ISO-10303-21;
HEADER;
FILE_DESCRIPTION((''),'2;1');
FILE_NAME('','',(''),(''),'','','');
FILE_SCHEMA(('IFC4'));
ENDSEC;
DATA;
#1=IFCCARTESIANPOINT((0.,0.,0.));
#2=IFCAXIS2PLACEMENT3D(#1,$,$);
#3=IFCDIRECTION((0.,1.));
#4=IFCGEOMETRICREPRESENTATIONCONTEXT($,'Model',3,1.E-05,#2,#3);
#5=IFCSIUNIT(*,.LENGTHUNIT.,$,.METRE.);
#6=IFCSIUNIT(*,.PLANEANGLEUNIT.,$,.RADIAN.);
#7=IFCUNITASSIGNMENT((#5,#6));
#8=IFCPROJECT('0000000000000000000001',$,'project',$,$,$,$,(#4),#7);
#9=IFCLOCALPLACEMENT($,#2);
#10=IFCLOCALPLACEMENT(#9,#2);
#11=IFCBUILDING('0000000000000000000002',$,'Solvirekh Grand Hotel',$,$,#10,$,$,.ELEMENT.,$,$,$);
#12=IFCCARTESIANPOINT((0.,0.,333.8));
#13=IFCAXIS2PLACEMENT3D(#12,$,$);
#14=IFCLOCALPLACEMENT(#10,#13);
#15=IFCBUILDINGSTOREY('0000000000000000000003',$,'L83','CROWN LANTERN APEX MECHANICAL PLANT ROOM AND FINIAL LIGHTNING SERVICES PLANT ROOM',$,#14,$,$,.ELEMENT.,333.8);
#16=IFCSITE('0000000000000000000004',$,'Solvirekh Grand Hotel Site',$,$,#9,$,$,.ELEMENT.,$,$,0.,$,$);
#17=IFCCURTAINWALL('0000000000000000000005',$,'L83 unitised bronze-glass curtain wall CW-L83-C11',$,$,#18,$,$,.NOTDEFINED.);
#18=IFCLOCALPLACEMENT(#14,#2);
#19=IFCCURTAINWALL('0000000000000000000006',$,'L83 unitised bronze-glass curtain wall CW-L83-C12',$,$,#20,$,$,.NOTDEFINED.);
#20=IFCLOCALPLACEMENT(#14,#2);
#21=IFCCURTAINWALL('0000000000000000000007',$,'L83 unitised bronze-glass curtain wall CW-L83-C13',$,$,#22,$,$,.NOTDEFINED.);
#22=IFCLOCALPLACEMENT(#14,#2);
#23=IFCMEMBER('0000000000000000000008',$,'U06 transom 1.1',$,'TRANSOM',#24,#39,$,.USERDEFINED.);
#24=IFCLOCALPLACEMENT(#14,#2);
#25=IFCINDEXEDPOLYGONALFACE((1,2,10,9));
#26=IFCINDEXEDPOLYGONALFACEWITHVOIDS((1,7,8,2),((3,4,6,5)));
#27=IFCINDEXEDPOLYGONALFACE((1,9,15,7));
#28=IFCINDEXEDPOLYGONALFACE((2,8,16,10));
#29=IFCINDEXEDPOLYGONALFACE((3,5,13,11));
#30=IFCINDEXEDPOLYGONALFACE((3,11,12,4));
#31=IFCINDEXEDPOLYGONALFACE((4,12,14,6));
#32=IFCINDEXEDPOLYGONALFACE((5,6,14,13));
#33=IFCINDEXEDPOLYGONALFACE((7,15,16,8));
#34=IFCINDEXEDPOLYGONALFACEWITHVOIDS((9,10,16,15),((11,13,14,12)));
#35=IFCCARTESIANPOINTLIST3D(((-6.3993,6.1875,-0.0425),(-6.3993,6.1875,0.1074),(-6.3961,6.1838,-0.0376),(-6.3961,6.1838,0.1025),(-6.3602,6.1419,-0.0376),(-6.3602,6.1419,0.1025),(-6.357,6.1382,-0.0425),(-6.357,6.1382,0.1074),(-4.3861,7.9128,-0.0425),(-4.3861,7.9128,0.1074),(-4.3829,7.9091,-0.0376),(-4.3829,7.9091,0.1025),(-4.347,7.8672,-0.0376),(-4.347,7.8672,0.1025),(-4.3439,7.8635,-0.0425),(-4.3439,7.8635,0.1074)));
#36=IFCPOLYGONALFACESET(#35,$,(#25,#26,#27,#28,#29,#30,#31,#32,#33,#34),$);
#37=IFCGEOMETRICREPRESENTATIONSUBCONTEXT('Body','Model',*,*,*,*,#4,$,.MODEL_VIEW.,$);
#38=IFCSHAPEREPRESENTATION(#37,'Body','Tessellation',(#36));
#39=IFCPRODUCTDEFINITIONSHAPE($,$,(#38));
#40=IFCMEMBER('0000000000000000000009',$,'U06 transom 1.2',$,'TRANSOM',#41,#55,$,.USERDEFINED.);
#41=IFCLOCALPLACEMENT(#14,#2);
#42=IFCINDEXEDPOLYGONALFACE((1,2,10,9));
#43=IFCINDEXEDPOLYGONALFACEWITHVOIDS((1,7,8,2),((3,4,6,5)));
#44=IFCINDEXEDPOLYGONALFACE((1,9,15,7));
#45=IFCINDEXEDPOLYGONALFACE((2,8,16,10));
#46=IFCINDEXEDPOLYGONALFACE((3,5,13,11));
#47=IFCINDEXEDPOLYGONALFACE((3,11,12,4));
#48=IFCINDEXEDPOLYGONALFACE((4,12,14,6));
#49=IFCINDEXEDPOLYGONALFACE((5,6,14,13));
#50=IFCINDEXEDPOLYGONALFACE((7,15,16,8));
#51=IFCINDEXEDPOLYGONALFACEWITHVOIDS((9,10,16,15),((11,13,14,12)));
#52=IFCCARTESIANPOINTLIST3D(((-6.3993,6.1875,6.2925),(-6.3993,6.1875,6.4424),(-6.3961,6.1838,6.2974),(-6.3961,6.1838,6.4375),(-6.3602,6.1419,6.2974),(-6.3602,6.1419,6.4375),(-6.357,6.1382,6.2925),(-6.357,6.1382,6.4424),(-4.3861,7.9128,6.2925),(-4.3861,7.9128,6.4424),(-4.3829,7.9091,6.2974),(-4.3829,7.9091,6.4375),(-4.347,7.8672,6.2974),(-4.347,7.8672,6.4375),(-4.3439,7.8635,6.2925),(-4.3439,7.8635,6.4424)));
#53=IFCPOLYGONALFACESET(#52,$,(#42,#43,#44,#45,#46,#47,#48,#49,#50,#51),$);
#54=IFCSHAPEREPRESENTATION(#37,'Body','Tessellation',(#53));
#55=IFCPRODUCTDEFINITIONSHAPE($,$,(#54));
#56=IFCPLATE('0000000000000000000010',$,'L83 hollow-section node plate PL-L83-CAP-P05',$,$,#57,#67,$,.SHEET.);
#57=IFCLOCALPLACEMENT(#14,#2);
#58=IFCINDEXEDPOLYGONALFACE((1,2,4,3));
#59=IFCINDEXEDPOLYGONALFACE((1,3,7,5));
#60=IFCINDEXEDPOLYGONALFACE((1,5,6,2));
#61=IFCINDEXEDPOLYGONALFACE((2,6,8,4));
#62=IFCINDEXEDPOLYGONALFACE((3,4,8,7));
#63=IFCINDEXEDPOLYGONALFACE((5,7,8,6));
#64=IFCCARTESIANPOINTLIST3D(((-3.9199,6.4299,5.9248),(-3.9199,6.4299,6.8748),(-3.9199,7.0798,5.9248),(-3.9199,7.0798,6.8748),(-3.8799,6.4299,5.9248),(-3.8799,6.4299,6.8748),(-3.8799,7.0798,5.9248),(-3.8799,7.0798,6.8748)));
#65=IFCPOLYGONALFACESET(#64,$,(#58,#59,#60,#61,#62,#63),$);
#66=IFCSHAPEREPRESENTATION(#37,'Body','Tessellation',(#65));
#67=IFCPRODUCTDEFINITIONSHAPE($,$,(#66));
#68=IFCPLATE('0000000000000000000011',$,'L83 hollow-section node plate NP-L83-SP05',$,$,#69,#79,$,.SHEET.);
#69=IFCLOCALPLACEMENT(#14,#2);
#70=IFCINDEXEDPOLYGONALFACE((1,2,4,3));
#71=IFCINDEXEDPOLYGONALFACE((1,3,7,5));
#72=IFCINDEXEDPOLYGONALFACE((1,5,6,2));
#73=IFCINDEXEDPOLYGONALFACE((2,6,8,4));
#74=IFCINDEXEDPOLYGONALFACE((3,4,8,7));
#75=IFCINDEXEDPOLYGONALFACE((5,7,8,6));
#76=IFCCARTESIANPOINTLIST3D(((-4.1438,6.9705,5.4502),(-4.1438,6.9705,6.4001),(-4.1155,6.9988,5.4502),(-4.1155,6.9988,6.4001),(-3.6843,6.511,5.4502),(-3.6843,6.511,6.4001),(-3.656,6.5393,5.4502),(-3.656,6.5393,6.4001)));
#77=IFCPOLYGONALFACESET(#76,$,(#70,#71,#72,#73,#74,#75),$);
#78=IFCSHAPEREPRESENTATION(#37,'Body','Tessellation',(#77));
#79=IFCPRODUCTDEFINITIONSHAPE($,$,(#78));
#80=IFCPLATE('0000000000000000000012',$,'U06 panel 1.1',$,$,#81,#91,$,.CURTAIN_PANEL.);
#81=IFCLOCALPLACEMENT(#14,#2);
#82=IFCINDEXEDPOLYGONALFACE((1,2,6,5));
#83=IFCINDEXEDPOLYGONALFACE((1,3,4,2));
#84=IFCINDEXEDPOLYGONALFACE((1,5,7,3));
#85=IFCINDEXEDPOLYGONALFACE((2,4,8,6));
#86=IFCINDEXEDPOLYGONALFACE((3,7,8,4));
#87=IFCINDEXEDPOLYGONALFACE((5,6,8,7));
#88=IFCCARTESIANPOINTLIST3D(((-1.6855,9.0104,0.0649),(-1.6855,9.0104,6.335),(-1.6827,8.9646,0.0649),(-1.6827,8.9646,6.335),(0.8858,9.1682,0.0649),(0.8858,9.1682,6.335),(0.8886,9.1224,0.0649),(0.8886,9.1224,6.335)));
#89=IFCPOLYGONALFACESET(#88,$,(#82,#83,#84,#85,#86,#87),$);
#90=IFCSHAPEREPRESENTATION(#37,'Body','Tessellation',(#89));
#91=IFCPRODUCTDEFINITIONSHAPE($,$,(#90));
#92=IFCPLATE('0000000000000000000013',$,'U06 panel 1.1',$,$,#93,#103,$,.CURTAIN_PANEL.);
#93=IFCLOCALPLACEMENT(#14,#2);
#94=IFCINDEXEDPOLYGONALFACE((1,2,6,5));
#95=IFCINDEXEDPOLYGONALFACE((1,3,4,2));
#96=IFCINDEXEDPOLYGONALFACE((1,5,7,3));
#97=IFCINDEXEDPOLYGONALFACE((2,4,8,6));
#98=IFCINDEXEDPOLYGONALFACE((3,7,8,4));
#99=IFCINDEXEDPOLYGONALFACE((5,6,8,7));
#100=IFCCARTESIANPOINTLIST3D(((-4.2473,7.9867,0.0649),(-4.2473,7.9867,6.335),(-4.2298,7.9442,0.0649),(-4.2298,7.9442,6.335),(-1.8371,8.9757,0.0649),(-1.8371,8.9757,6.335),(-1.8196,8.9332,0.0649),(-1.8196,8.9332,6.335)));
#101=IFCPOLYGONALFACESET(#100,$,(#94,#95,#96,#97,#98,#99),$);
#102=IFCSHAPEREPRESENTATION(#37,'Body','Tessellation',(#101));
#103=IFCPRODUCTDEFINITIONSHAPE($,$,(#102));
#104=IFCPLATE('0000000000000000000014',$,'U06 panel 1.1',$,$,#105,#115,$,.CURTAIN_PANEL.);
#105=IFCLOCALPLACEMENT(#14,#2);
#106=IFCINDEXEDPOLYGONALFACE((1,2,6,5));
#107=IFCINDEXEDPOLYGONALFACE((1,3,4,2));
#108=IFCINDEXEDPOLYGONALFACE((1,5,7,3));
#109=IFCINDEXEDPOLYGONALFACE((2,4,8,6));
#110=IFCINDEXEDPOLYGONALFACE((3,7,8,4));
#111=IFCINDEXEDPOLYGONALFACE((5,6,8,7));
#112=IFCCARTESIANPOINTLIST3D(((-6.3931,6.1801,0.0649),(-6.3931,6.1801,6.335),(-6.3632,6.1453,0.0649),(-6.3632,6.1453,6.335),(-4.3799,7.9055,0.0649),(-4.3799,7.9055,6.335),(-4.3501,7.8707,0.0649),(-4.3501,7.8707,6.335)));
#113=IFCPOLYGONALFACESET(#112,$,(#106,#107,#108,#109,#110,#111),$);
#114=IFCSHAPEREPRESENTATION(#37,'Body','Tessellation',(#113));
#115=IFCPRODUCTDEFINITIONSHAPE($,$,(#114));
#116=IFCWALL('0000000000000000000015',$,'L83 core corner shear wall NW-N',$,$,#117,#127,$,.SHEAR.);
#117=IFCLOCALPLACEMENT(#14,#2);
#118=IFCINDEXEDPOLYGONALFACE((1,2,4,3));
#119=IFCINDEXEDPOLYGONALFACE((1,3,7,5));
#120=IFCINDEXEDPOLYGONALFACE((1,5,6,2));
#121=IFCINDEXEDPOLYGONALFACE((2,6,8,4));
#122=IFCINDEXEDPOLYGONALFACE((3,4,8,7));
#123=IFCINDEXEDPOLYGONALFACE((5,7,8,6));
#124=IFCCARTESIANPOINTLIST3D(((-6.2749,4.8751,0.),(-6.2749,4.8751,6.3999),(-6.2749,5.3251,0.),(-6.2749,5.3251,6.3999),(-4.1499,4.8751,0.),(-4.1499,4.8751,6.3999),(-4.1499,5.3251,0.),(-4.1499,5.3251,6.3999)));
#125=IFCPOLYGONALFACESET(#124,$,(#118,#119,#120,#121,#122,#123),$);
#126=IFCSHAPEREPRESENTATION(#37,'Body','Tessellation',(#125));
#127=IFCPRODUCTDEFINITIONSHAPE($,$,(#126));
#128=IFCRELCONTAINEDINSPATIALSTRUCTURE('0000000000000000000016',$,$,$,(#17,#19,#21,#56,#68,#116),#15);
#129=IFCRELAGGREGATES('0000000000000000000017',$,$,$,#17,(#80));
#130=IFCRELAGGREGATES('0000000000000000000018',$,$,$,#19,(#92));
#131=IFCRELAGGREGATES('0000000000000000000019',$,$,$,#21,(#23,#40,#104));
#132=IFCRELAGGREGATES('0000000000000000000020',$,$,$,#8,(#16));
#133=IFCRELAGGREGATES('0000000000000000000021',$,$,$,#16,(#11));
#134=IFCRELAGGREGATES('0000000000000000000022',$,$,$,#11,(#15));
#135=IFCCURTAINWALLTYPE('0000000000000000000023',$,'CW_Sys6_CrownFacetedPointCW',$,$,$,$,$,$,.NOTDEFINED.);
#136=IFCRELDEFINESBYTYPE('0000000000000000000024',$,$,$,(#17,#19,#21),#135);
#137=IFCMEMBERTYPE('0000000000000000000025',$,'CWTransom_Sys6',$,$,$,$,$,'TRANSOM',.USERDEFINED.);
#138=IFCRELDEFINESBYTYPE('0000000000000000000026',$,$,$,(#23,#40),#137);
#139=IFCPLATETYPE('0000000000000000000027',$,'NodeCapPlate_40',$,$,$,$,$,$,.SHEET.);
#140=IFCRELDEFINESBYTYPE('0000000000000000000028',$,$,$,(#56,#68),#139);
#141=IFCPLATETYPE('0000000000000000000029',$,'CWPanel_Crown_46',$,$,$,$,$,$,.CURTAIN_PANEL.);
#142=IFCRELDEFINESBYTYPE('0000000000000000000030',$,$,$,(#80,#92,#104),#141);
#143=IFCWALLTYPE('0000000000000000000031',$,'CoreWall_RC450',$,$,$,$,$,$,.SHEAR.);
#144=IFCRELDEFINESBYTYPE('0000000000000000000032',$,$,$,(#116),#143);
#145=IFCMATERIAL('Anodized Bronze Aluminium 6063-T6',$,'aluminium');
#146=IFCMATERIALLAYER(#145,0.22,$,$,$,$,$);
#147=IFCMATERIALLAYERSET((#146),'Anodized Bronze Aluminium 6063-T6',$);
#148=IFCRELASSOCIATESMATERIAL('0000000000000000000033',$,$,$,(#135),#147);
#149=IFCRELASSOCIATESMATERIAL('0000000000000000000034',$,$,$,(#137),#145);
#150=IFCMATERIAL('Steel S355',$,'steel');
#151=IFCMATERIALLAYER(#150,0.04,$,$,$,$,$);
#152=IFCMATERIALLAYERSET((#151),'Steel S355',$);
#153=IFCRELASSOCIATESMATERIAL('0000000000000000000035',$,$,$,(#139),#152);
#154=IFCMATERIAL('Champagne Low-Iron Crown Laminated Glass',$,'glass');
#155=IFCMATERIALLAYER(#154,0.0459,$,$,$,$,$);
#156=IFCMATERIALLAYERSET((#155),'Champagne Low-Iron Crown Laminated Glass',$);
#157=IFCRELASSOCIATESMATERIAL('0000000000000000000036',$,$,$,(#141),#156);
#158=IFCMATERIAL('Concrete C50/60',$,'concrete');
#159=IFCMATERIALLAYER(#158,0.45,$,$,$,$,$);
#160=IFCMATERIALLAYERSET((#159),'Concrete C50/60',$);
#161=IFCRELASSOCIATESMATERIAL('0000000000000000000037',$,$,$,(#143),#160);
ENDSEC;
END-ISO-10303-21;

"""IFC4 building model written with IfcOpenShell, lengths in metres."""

from ifc_helpers import new_model, si_unit, direction, frame, frame_2d, origin, origin_2d, place, context, subcontext, project, spatial, rectangle, hollow_rectangle, extrude, source, transform, mapped, material, layer, layer_set, material_profile, profile_set, type_object, element, aggregate, save


model = new_model("IFC4")

# Units and contexts
model_context = context("Model", 3, precision=1e-05, world=origin(), true_north=direction((0.0, 1.0)))
body_context = subcontext(model_context, "Body", "Model", "MODEL_VIEW")
ifc_project = project(units=[si_unit("LENGTHUNIT", "METRE"), si_unit("PLANEANGLEUNIT", "RADIAN")], contexts=[model_context])

# Site, building, storey
site_placement = place(None, origin())
site = spatial("IfcSite", under=ifc_project, at=site_placement, Name="Solvirekh Grand Hotel Site", CompositionType="ELEMENT", RefElevation=0.0)
building_placement = place(site_placement, origin())
building = spatial("IfcBuilding", under=site, at=building_placement, Name="Solvirekh Grand Hotel", CompositionType="ELEMENT")
storey_placement = place(building_placement, frame((0.0, 0.0, 333.8)))
storey = spatial("IfcBuildingStorey", under=building, at=storey_placement, Name="L83", Description="CROWN LANTERN APEX MECHANICAL PLANT ROOM AND FINIAL LIGHTNING SERVICES PLANT ROOM", CompositionType="ELEMENT", Elevation=333.8)

# Shared definitions
ifc_material_1 = material(Name="Steel S355", Category="steel")

# Curtain wall
ifc_material_2 = material(Name="Anodized Bronze Aluminium 6063-T6", Category="aluminium")
ifc_layer_1 = layer(ifc_material_2, 0.22)
ifc_layer_set_1 = layer_set([ifc_layer_1], Name="Anodized Bronze Aluminium 6063-T6")
curtain_wall_type = type_object("IfcCurtainWallType", Name="CW_Sys6_CrownFacetedPointCW", PredefinedType="NOTDEFINED", material=ifc_layer_set_1)
curtain_wall_1_placement = place(storey_placement, origin())
curtain_wall_1 = element("IfcCurtainWall", 1, at=curtain_wall_1_placement, inside=storey, type_object=curtain_wall_type, Name="L83 unitised bronze-glass curtain wall CW-L83-C11", PredefinedType="NOTDEFINED")

# Curtain walls
curtain_wall_2_placement = place(storey_placement, origin())
curtain_wall_2 = element("IfcCurtainWall", 2, at=curtain_wall_2_placement, inside=storey, type_object=curtain_wall_type, Name="L83 unitised bronze-glass curtain wall CW-L83-C12", PredefinedType="NOTDEFINED")
curtain_wall_3_placement = place(storey_placement, origin())
curtain_wall_3 = element("IfcCurtainWall", 3, at=curtain_wall_3_placement, inside=storey, type_object=curtain_wall_type, Name="L83 unitised bronze-glass curtain wall CW-L83-C13", PredefinedType="NOTDEFINED")

# Members
ifc_material_profile_1 = material_profile(ifc_material_2, hollow_rectangle(XDim=0.0649, YDim=0.1499, WallThickness=0.0049, at=origin_2d()), Name="ALU RHS 150X65X5")
ifc_profile_set_1 = profile_set([ifc_material_profile_1], Name="Anodized Bronze Aluminium 6063-T6")
member_type_1 = type_object("IfcMemberType", Name="CWTransom_Sys6", ElementType="TRANSOM", PredefinedType="USERDEFINED", material=ifc_profile_set_1)
shared_shape_1 = source(origin(), body_context, "Body", "SweptSolid", [
    extrude(hollow_rectangle(XDim=0.0649, YDim=0.1499, WallThickness=0.0049, at=origin_2d()), origin(), (0.0, 0.0, 1.0), 2.6514),
])
member_1_placement = place(storey_placement, frame((-4.365, 7.8882, 0.0325), z_axis=(-0.759302, -0.650738, 0.0), x_axis=(0.650738, -0.759302, 0.0)))
member_1 = element("IfcMember", 4, at=member_1_placement, type_object=member_type_1, Name="U06 transom 1.1", ObjectType="TRANSOM", PredefinedType="USERDEFINED", context=body_context, shape_type="MappedRepresentation", body=[
    mapped(shared_shape_1, transform((0.0, 0.0, 0.0), x_axis=(1.0, 0.0, 0.0), y_axis=(0.0, 1.0, 0.0), z_axis=(0.0, 0.0, 1.0), scale=1.0)),
])
member_2_placement = place(storey_placement, frame((-4.365, 7.8882, 6.3674), z_axis=(-0.759302, -0.650738, 0.0), x_axis=(0.650738, -0.759302, 0.0)))
member_2 = element("IfcMember", 5, at=member_2_placement, type_object=member_type_1, Name="U06 transom 1.2", ObjectType="TRANSOM", PredefinedType="USERDEFINED", context=body_context, shape_type="MappedRepresentation", body=[
    mapped(shared_shape_1, transform((0.0, 0.0, 0.0), x_axis=(1.0, 0.0, 0.0), y_axis=(0.0, 1.0, 0.0), z_axis=(0.0, 0.0, 1.0), scale=1.0)),
])

# Plates
ifc_layer_2 = layer(ifc_material_1, 0.04)
ifc_layer_set_2 = layer_set([ifc_layer_2], Name="Steel S355")
plate_type_1 = type_object("IfcPlateType", Name="NodeCapPlate_40", PredefinedType="SHEET", material=ifc_layer_set_2)
for number, where, z_axis, x_axis, name in (
    (6, (-3.8999, 6.7549, 5.9248), (0.0, 0.0, 1.0), (1.0, 0.0, 0.0), "L83 hollow-section node plate PL-L83-CAP-P05"),
    (7, (-3.8999, 6.7549, 5.4502), (0.0, 0.0, 1.0), (-0.707107, -0.707107, 0.0), "L83 hollow-section node plate NP-L83-SP05"),
):
    element("IfcPlate", number, at=place(storey_placement, frame(where, z_axis=z_axis, x_axis=x_axis)), inside=storey, type_object=plate_type_1, Name=name, PredefinedType="SHEET", context=body_context, shape_type="SweptSolid", body=[
        extrude(rectangle(XDim=0.04, YDim=0.6499, at=origin_2d()), origin(), (0.0, 0.0, 1.0), 0.95),
    ])

# Plates
ifc_material_3 = material(Name="Champagne Low-Iron Crown Laminated Glass", Category="glass")
ifc_layer_3 = layer(ifc_material_3, 0.0459)
ifc_layer_set_3 = layer_set([ifc_layer_3], Name="Champagne Low-Iron Crown Laminated Glass")
plate_type_2 = type_object("IfcPlateType", Name="CWPanel_Crown_46", PredefinedType="CURTAIN_PANEL", material=ifc_layer_set_3)
shared_shape_2 = source(origin(), body_context, "Body", "SweptSolid", [
    extrude(rectangle(XDim=2.5762, YDim=0.0459, at=origin_2d()), origin(), (0.0, 0.0, 1.0), 6.27),
])
plate_1_placement = place(storey_placement, frame((-0.3984, 9.0664, 0.0649), z_axis=(0.0, 0.0, 1.0), x_axis=(-0.998122, -0.061259, 0.0)))
plate_1 = element("IfcPlate", 8, at=plate_1_placement, type_object=plate_type_2, Name="U06 panel 1.1", PredefinedType="CURTAIN_PANEL", context=body_context, shape_type="MappedRepresentation", body=[
    mapped(shared_shape_2, transform((0.0, 0.0, 0.0), x_axis=(1.0, 0.0, 0.0), y_axis=(0.0, 1.0, 0.0), z_axis=(0.0, 0.0, 1.0), scale=1.0)),
])
aggregate(curtain_wall_1, [plate_1])
shared_shape_3 = source(origin(), body_context, "Body", "SweptSolid", [
    extrude(rectangle(XDim=2.6052, YDim=0.0459, at=origin_2d()), origin(), (0.0, 0.0, 1.0), 6.27),
])
plate_2_placement = place(storey_placement, frame((-3.0334, 8.46, 0.0649), z_axis=(0.0, 0.0, 1.0), x_axis=(-0.925136, -0.379636, 0.0)))
plate_2 = element("IfcPlate", 9, at=plate_2_placement, type_object=plate_type_2, Name="U06 panel 1.1", PredefinedType="CURTAIN_PANEL", context=body_context, shape_type="MappedRepresentation", body=[
    mapped(shared_shape_3, transform((0.0, 0.0, 0.0), x_axis=(1.0, 0.0, 0.0), y_axis=(0.0, 1.0, 0.0), z_axis=(0.0, 0.0, 1.0), scale=1.0)),
])
aggregate(curtain_wall_2, [plate_2])
shared_shape_4 = source(origin(), body_context, "Body", "SweptSolid", [
    extrude(rectangle(XDim=2.6514, YDim=0.0459, at=origin_2d()), origin(), (0.0, 0.0, 1.0), 6.27),
])
plate_3_placement = place(storey_placement, frame((-5.3716, 7.0254, 0.0649), z_axis=(0.0, 0.0, 1.0), x_axis=(-0.759282, -0.650762, 0.0)))
plate_3 = element("IfcPlate", 10, at=plate_3_placement, type_object=plate_type_2, Name="U06 panel 1.1", PredefinedType="CURTAIN_PANEL", context=body_context, shape_type="MappedRepresentation", body=[
    mapped(shared_shape_4, transform((0.0, 0.0, 0.0), x_axis=(1.0, 0.0, 0.0), y_axis=(0.0, 1.0, 0.0), z_axis=(0.0, 0.0, 1.0), scale=1.0)),
])
aggregate(curtain_wall_3, [member_1, member_2, plate_3])

# Wall
ifc_material_4 = material(Name="Concrete C50/60", Category="concrete")
ifc_layer_4 = layer(ifc_material_4, 0.45)
ifc_layer_set_4 = layer_set([ifc_layer_4], Name="Concrete C50/60")
wall_type = type_object("IfcWallType", Name="CoreWall_RC450", PredefinedType="SHEAR", material=ifc_layer_set_4)
wall_placement = place(storey_placement, frame((-6.2749, 5.1001, 0.0), z_axis=(0.0, 0.0, 1.0), x_axis=(1.0, 0.0, 0.0)))
element("IfcWall", 11, at=wall_placement, inside=storey, type_object=wall_type, Name="L83 core corner shear wall NW-N", PredefinedType="SHEAR", context=body_context, shape_type="SweptSolid", body=[
    extrude(rectangle(XDim=2.125, YDim=0.45, at=frame_2d((1.0625, 0.0))), origin(), (0.0, 0.0, 1.0), 6.3999),
])

save(model, "model.ifc")
